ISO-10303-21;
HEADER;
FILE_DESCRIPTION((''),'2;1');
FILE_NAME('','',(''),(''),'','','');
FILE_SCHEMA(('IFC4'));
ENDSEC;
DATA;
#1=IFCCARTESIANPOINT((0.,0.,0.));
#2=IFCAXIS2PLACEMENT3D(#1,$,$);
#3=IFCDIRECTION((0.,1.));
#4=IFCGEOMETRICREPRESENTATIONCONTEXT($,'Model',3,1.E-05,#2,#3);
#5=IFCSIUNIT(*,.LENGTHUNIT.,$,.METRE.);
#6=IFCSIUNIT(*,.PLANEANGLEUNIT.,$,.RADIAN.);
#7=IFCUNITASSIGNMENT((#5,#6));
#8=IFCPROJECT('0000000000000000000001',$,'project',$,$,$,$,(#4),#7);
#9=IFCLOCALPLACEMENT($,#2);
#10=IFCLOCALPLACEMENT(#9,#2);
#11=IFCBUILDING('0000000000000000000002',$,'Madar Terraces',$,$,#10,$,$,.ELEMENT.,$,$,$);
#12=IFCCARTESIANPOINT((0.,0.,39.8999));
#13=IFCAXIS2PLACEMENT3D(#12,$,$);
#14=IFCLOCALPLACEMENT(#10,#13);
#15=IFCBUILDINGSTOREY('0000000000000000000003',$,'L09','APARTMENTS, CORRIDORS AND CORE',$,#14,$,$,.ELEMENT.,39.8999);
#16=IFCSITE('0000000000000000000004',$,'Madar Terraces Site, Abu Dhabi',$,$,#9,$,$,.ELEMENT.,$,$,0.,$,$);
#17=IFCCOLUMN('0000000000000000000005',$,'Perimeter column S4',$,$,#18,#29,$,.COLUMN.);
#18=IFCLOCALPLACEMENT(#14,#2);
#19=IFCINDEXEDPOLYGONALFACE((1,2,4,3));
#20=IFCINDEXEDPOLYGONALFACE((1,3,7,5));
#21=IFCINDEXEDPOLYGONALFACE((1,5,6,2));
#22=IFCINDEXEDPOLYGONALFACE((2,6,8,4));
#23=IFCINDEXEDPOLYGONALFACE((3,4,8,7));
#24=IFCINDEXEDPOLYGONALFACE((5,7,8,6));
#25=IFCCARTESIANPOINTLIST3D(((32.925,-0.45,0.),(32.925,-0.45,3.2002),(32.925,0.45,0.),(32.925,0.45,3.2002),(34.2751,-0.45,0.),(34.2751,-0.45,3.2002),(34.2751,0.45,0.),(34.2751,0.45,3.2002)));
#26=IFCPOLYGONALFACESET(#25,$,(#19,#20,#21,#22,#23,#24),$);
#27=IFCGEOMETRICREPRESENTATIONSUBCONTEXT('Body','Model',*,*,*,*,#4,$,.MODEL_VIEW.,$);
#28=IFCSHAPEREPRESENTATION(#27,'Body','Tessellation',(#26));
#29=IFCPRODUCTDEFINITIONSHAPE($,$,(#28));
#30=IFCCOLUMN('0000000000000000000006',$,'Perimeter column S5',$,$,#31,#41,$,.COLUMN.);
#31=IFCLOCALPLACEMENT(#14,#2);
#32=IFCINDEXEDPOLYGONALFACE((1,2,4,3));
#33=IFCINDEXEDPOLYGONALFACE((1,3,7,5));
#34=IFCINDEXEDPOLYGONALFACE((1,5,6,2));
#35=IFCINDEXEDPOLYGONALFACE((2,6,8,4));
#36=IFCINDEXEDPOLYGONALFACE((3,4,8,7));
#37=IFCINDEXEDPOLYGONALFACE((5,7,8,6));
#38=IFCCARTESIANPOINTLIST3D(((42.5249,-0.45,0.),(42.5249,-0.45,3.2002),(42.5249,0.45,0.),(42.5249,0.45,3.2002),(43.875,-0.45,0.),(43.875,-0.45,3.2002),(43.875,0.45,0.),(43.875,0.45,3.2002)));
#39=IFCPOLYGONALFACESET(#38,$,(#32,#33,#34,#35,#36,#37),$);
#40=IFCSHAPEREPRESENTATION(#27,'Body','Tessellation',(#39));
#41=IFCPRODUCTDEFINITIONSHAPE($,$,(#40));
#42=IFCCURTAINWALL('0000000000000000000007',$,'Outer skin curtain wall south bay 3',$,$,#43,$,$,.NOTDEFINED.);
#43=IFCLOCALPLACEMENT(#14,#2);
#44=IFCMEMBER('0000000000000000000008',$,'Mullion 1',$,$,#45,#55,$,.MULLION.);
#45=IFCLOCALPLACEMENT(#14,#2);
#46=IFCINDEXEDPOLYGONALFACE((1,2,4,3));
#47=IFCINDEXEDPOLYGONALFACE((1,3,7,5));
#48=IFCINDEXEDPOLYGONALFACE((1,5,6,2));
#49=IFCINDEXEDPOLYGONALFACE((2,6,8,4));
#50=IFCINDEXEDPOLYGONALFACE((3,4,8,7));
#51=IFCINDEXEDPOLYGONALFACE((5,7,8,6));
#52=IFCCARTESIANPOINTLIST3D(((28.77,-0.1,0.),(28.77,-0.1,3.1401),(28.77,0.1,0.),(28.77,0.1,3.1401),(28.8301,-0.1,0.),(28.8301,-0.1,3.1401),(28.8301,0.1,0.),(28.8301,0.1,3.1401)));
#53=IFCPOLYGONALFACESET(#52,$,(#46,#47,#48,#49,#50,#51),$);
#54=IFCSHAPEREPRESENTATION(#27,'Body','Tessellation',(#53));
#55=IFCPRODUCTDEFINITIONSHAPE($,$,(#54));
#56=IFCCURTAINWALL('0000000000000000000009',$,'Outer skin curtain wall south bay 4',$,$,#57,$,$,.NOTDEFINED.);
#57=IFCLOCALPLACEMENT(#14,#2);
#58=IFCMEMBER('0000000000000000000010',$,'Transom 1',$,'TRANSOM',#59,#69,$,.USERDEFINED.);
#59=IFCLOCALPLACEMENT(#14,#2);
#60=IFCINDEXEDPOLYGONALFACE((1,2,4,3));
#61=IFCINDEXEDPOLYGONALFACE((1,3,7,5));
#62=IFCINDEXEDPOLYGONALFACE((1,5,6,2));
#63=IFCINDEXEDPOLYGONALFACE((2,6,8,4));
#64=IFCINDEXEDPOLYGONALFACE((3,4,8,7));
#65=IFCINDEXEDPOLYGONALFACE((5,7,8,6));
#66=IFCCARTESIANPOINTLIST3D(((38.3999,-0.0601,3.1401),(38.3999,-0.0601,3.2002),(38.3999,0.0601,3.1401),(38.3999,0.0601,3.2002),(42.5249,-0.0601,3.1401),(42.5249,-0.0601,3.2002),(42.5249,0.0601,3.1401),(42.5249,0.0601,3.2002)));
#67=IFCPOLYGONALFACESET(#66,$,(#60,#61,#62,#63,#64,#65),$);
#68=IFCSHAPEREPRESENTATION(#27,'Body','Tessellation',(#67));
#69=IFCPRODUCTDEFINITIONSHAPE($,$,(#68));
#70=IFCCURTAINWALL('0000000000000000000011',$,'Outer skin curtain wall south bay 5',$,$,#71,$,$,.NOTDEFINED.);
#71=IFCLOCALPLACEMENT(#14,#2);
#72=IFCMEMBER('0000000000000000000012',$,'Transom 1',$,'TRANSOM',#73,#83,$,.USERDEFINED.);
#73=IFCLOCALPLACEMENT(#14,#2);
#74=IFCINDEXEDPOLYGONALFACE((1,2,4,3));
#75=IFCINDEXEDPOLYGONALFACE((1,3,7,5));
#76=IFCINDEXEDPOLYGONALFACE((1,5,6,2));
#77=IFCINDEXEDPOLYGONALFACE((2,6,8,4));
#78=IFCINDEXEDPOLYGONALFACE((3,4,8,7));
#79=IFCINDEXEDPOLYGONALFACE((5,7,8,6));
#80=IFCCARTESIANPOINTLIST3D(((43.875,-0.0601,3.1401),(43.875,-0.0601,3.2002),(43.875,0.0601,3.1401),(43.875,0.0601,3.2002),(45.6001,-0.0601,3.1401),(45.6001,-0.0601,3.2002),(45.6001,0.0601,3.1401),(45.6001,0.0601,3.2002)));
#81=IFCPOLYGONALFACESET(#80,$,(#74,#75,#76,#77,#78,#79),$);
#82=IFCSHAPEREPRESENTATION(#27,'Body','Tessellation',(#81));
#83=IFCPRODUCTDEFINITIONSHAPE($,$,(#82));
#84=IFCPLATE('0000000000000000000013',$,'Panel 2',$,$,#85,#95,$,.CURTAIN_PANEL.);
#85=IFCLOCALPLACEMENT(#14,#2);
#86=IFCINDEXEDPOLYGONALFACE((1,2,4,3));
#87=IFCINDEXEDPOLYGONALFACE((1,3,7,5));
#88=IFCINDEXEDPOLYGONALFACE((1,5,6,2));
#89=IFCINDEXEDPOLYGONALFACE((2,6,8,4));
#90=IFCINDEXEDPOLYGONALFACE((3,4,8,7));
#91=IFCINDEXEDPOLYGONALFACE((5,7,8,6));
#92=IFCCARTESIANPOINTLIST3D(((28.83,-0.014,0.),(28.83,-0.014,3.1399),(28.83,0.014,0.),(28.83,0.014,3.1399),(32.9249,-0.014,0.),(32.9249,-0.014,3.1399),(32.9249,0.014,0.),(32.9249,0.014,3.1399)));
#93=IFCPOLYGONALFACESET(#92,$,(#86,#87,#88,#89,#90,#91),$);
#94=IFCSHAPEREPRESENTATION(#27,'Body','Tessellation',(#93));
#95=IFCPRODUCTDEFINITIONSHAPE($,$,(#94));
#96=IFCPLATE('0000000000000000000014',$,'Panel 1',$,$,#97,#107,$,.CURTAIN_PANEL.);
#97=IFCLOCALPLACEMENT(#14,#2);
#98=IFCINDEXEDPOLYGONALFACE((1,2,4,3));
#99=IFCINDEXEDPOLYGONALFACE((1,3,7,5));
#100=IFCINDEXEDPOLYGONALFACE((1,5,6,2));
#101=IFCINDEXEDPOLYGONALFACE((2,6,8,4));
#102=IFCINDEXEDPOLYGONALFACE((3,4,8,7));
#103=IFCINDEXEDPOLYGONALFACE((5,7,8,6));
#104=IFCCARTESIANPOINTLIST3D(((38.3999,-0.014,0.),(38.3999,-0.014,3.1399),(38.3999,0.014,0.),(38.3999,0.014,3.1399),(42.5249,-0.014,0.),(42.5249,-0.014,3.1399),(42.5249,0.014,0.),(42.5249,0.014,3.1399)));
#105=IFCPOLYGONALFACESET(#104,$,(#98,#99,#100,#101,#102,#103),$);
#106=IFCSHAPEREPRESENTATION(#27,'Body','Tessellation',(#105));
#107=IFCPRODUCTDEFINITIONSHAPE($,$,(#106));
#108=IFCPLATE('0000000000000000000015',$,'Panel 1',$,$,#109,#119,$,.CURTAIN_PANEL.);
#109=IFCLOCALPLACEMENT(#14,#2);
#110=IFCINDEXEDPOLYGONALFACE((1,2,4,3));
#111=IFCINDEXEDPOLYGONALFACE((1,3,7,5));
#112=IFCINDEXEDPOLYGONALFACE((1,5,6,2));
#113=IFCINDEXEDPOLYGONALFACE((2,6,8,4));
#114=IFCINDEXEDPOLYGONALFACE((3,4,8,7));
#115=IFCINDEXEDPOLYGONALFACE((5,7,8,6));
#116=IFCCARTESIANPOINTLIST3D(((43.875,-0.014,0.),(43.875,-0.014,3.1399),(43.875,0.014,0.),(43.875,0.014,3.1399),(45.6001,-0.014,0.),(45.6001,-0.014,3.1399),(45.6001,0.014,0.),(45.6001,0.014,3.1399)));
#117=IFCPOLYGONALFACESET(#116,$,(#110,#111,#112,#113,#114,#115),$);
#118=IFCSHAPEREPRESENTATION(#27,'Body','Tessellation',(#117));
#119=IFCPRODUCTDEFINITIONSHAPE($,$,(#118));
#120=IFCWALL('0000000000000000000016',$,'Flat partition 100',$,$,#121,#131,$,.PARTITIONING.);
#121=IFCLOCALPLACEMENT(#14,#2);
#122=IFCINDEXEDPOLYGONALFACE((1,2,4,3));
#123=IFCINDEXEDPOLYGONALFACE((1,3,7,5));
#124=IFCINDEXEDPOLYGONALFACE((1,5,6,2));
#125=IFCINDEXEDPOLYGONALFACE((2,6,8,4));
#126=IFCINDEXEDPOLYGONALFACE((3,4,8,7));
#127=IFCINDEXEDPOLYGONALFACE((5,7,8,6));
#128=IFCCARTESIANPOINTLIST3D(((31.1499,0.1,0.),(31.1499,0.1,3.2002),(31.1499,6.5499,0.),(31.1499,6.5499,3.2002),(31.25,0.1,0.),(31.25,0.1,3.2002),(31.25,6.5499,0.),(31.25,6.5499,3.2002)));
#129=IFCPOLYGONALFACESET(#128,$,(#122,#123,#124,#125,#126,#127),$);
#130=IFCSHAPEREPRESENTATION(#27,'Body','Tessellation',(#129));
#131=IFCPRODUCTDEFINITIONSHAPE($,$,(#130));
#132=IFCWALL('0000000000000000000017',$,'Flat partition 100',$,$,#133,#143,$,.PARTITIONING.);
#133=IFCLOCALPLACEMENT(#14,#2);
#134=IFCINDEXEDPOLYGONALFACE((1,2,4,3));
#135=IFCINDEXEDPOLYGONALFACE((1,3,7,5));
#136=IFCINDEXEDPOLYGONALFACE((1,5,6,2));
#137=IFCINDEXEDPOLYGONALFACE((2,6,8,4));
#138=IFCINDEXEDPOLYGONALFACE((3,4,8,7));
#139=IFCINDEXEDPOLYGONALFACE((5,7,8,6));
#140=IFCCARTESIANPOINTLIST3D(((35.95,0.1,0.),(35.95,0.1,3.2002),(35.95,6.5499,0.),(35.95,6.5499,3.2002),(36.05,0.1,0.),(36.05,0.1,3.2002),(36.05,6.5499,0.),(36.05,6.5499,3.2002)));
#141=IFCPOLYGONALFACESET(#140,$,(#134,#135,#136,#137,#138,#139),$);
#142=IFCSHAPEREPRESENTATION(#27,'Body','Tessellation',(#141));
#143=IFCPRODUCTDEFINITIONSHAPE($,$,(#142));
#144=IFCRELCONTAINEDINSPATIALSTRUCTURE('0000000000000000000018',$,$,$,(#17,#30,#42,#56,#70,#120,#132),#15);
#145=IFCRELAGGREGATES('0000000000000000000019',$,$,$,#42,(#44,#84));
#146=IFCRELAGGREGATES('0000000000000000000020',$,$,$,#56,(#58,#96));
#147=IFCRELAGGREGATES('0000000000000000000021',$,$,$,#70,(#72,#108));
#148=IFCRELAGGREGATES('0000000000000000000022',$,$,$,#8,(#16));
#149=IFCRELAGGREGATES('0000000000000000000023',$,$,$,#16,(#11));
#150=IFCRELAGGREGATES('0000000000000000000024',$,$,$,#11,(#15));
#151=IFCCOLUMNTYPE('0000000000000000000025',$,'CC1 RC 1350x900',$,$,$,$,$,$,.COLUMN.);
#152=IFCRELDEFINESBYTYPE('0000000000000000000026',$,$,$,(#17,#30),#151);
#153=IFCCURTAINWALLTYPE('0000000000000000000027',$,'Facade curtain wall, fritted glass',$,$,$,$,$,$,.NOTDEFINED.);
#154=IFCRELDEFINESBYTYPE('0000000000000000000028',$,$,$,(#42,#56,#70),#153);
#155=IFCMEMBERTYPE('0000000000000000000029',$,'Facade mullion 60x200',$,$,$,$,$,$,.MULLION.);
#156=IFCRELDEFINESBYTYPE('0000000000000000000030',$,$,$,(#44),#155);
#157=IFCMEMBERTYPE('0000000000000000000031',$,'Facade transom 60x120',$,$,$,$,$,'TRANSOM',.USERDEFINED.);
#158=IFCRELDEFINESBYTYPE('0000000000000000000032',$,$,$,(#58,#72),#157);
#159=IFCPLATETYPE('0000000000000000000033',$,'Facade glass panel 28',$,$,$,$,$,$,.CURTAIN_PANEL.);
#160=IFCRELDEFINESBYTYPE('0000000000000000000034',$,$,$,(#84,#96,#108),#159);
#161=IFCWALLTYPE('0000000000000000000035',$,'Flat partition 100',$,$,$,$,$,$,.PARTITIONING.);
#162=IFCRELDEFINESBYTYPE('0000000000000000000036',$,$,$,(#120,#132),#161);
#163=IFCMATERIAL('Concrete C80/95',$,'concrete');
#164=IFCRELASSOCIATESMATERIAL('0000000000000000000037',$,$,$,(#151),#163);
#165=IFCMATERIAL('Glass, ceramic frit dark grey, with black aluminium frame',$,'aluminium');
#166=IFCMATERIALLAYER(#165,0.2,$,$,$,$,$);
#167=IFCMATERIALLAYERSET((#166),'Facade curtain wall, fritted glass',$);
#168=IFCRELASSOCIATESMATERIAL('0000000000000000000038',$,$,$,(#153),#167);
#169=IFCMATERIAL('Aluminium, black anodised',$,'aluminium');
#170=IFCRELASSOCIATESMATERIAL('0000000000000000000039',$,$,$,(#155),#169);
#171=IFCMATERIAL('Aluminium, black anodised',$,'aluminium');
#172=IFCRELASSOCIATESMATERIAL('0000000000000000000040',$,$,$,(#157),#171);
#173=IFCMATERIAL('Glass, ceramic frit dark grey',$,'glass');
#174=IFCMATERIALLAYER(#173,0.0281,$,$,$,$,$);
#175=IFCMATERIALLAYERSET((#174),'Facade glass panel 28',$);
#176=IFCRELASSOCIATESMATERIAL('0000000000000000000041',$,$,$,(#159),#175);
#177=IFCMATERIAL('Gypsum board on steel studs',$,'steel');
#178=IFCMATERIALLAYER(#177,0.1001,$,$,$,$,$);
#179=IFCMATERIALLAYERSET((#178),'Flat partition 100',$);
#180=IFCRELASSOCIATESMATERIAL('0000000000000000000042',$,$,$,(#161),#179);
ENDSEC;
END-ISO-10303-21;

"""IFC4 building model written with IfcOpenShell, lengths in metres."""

from ifc_helpers import new_model, si_unit, direction, frame, frame_2d, origin, origin_2d, place, context, subcontext, project, spatial, rectangle, extrude, material, layer, layer_set, material_profile, profile_set, type_object, element, aggregate, save


model = new_model("IFC4")

# Units and contexts
model_context = context("Model", 3, precision=1e-05, world=origin(), true_north=direction((0.0, 1.0)))
body_context = subcontext(model_context, "Body", "Model", "MODEL_VIEW")
ifc_project = project(units=[si_unit("LENGTHUNIT", "METRE"), si_unit("PLANEANGLEUNIT", "RADIAN")], contexts=[model_context])

# Site, building, storey
site_placement = place(None, origin())
site = spatial("IfcSite", under=ifc_project, at=site_placement, Name="Madar Terraces Site, Abu Dhabi", CompositionType="ELEMENT", RefElevation=0.0)
building_placement = place(site_placement, origin())
building = spatial("IfcBuilding", under=site, at=building_placement, Name="Madar Terraces", CompositionType="ELEMENT")
storey_placement = place(building_placement, frame((0.0, 0.0, 39.8999)))
storey = spatial("IfcBuildingStorey", under=building, at=storey_placement, Name="L09", Description="APARTMENTS, CORRIDORS AND CORE", CompositionType="ELEMENT", Elevation=39.8999)

# Columns
ifc_material_1 = material(Name="Concrete C80/95", Category="concrete")
ifc_material_profile_1 = material_profile(ifc_material_1, rectangle(XDim=1.3501, YDim=0.8999, at=origin_2d()), Name="CC1 RC 1350x900")
ifc_profile_set_1 = profile_set([ifc_material_profile_1], Name="Concrete C80/95")
column_type = type_object("IfcColumnType", Name="CC1 RC 1350x900", PredefinedType="COLUMN", material=ifc_profile_set_1)
for number, where, z_axis, x_axis, name in (
    (1, (33.6001, 0.0, 0.0), (0.0, 0.0, 1.0), (1.0, 0.0, 0.0), "Perimeter column S4"),
    (2, (43.2, 0.0, 0.0), (0.0, 0.0, 1.0), (1.0, 0.0, 0.0), "Perimeter column S5"),
):
    element("IfcColumn", number, at=place(storey_placement, frame(where, z_axis=z_axis, x_axis=x_axis)), inside=storey, type_object=column_type, Name=name, PredefinedType="COLUMN", context=body_context, shape_type="SweptSolid", body=[
        extrude(rectangle(XDim=1.3501, YDim=0.8999, at=origin_2d()), origin(), (0.0, 0.0, 1.0), 3.2002),
    ])

# Curtain walls, members
ifc_material_2 = material(Name="Glass, ceramic frit dark grey, with black aluminium frame", Category="aluminium")
ifc_layer_1 = layer(ifc_material_2, 0.2)
ifc_layer_set_1 = layer_set([ifc_layer_1], Name="Facade curtain wall, fritted glass")
curtain_wall_type = type_object("IfcCurtainWallType", Name="Facade curtain wall, fritted glass", PredefinedType="NOTDEFINED", material=ifc_layer_set_1)
curtain_wall_1_placement = place(storey_placement, origin())
curtain_wall_1 = element("IfcCurtainWall", 3, at=curtain_wall_1_placement, inside=storey, type_object=curtain_wall_type, Name="Outer skin curtain wall south bay 3", PredefinedType="NOTDEFINED")
ifc_material_3 = material(Name="Aluminium, black anodised", Category="aluminium")
ifc_material_profile_2 = material_profile(ifc_material_3, rectangle(XDim=0.2, YDim=0.0601, at=origin_2d()), Name="Facade mullion 60x200")
ifc_profile_set_2 = profile_set([ifc_material_profile_2], Name="Aluminium, black anodised")
member_type_1 = type_object("IfcMemberType", Name="Facade mullion 60x200", PredefinedType="MULLION", material=ifc_profile_set_2)
member_1_placement = place(storey_placement, frame((28.8, 0.0, 0.0), z_axis=(0.0, 0.0, 1.0), x_axis=(0.0, 1.0, 0.0)))
member_1 = element("IfcMember", 4, at=member_1_placement, type_object=member_type_1, Name="Mullion 1", PredefinedType="MULLION", context=body_context, shape_type="SweptSolid", body=[
    extrude(rectangle(XDim=0.2, YDim=0.0601, at=origin_2d()), origin(), (0.0, 0.0, 1.0), 3.1401),
])
curtain_wall_2_placement = place(storey_placement, origin())
curtain_wall_2 = element("IfcCurtainWall", 5, at=curtain_wall_2_placement, inside=storey, type_object=curtain_wall_type, Name="Outer skin curtain wall south bay 4", PredefinedType="NOTDEFINED")
ifc_material_4 = material(Name="Aluminium, black anodised", Category="aluminium")
ifc_material_profile_3 = material_profile(ifc_material_4, rectangle(XDim=0.1201, YDim=0.0601, at=origin_2d()), Name="Facade transom 60x120")
ifc_profile_set_3 = profile_set([ifc_material_profile_3], Name="Aluminium, black anodised")
member_type_2 = type_object("IfcMemberType", Name="Facade transom 60x120", ElementType="TRANSOM", PredefinedType="USERDEFINED", material=ifc_profile_set_3)
member_2_placement = place(storey_placement, frame((38.3999, 0.0, 3.1702), z_axis=(1.0, 0.0, 0.0), x_axis=(0.0, 1.0, 0.0)))
member_2 = element("IfcMember", 6, at=member_2_placement, type_object=member_type_2, Name="Transom 1", ObjectType="TRANSOM", PredefinedType="USERDEFINED", context=body_context, shape_type="SweptSolid", body=[
    extrude(rectangle(XDim=0.1201, YDim=0.0601, at=origin_2d()), origin(), (0.0, 0.0, 1.0), 4.125),
])
curtain_wall_3_placement = place(storey_placement, origin())
curtain_wall_3 = element("IfcCurtainWall", 7, at=curtain_wall_3_placement, inside=storey, type_object=curtain_wall_type, Name="Outer skin curtain wall south bay 5", PredefinedType="NOTDEFINED")
member_3_placement = place(storey_placement, frame((43.875, 0.0, 3.1702), z_axis=(1.0, 0.0, 0.0), x_axis=(0.0, 1.0, 0.0)))
member_3 = element("IfcMember", 8, at=member_3_placement, type_object=member_type_2, Name="Transom 1", ObjectType="TRANSOM", PredefinedType="USERDEFINED", context=body_context, shape_type="SweptSolid", body=[
    extrude(rectangle(XDim=0.1201, YDim=0.0601, at=origin_2d()), origin(), (0.0, 0.0, 1.0), 1.7251),
])

# Plates
ifc_material_5 = material(Name="Glass, ceramic frit dark grey", Category="glass")
ifc_layer_2 = layer(ifc_material_5, 0.0281)
ifc_layer_set_2 = layer_set([ifc_layer_2], Name="Facade glass panel 28")
plate_type = type_object("IfcPlateType", Name="Facade glass panel 28", PredefinedType="CURTAIN_PANEL", material=ifc_layer_set_2)
plate_1_placement = place(storey_placement, frame((30.8774, 0.0, 0.0), z_axis=(0.0, 0.0, 1.0), x_axis=(1.0, 0.0, 0.0)))
plate_1 = element("IfcPlate", 9, at=plate_1_placement, type_object=plate_type, Name="Panel 2", PredefinedType="CURTAIN_PANEL", context=body_context, shape_type="SweptSolid", body=[
    extrude(rectangle(XDim=4.095, YDim=0.0281, at=origin_2d()), origin(), (0.0, 0.0, 1.0), 3.1399),
])
aggregate(curtain_wall_1, [member_1, plate_1])
plate_2_placement = place(storey_placement, frame((40.4624, 0.0, 0.0), z_axis=(0.0, 0.0, 1.0), x_axis=(1.0, 0.0, 0.0)))
plate_2 = element("IfcPlate", 10, at=plate_2_placement, type_object=plate_type, Name="Panel 1", PredefinedType="CURTAIN_PANEL", context=body_context, shape_type="SweptSolid", body=[
    extrude(rectangle(XDim=4.125, YDim=0.0281, at=origin_2d()), origin(), (0.0, 0.0, 1.0), 3.1399),
])
aggregate(curtain_wall_2, [member_2, plate_2])
plate_3_placement = place(storey_placement, frame((44.7375, 0.0, 0.0), z_axis=(0.0, 0.0, 1.0), x_axis=(1.0, 0.0, 0.0)))
plate_3 = element("IfcPlate", 11, at=plate_3_placement, type_object=plate_type, Name="Panel 1", PredefinedType="CURTAIN_PANEL", context=body_context, shape_type="SweptSolid", body=[
    extrude(rectangle(XDim=1.7251, YDim=0.0281, at=origin_2d()), origin(), (0.0, 0.0, 1.0), 3.1399),
])
aggregate(curtain_wall_3, [member_3, plate_3])

# Walls
ifc_material_6 = material(Name="Gypsum board on steel studs", Category="steel")
ifc_layer_3 = layer(ifc_material_6, 0.1001)
ifc_layer_set_3 = layer_set([ifc_layer_3], Name="Flat partition 100")
wall_type_1 = type_object("IfcWallType", Name="Flat partition 100", PredefinedType="PARTITIONING", material=ifc_layer_set_3)
for number, where, z_axis, x_axis, name in (
    (12, (31.2, 6.55, 0.0), (0.0, 0.0, 1.0), (0.0, -1.0, 0.0), "Flat partition 100"),
    (13, (36.0, 6.55, 0.0), (0.0, 0.0, 1.0), (0.0, -1.0, 0.0), "Flat partition 100"),
):
    element("IfcWall", number, at=place(storey_placement, frame(where, z_axis=z_axis, x_axis=x_axis)), inside=storey, type_object=wall_type_1, Name=name, PredefinedType="PARTITIONING", context=body_context, shape_type="SweptSolid", body=[
        extrude(rectangle(XDim=6.45, YDim=0.1001, at=frame_2d((3.2251, 0.0))), origin(), (0.0, 0.0, 1.0), 3.2002),
    ])

save(model, "model.ifc")
